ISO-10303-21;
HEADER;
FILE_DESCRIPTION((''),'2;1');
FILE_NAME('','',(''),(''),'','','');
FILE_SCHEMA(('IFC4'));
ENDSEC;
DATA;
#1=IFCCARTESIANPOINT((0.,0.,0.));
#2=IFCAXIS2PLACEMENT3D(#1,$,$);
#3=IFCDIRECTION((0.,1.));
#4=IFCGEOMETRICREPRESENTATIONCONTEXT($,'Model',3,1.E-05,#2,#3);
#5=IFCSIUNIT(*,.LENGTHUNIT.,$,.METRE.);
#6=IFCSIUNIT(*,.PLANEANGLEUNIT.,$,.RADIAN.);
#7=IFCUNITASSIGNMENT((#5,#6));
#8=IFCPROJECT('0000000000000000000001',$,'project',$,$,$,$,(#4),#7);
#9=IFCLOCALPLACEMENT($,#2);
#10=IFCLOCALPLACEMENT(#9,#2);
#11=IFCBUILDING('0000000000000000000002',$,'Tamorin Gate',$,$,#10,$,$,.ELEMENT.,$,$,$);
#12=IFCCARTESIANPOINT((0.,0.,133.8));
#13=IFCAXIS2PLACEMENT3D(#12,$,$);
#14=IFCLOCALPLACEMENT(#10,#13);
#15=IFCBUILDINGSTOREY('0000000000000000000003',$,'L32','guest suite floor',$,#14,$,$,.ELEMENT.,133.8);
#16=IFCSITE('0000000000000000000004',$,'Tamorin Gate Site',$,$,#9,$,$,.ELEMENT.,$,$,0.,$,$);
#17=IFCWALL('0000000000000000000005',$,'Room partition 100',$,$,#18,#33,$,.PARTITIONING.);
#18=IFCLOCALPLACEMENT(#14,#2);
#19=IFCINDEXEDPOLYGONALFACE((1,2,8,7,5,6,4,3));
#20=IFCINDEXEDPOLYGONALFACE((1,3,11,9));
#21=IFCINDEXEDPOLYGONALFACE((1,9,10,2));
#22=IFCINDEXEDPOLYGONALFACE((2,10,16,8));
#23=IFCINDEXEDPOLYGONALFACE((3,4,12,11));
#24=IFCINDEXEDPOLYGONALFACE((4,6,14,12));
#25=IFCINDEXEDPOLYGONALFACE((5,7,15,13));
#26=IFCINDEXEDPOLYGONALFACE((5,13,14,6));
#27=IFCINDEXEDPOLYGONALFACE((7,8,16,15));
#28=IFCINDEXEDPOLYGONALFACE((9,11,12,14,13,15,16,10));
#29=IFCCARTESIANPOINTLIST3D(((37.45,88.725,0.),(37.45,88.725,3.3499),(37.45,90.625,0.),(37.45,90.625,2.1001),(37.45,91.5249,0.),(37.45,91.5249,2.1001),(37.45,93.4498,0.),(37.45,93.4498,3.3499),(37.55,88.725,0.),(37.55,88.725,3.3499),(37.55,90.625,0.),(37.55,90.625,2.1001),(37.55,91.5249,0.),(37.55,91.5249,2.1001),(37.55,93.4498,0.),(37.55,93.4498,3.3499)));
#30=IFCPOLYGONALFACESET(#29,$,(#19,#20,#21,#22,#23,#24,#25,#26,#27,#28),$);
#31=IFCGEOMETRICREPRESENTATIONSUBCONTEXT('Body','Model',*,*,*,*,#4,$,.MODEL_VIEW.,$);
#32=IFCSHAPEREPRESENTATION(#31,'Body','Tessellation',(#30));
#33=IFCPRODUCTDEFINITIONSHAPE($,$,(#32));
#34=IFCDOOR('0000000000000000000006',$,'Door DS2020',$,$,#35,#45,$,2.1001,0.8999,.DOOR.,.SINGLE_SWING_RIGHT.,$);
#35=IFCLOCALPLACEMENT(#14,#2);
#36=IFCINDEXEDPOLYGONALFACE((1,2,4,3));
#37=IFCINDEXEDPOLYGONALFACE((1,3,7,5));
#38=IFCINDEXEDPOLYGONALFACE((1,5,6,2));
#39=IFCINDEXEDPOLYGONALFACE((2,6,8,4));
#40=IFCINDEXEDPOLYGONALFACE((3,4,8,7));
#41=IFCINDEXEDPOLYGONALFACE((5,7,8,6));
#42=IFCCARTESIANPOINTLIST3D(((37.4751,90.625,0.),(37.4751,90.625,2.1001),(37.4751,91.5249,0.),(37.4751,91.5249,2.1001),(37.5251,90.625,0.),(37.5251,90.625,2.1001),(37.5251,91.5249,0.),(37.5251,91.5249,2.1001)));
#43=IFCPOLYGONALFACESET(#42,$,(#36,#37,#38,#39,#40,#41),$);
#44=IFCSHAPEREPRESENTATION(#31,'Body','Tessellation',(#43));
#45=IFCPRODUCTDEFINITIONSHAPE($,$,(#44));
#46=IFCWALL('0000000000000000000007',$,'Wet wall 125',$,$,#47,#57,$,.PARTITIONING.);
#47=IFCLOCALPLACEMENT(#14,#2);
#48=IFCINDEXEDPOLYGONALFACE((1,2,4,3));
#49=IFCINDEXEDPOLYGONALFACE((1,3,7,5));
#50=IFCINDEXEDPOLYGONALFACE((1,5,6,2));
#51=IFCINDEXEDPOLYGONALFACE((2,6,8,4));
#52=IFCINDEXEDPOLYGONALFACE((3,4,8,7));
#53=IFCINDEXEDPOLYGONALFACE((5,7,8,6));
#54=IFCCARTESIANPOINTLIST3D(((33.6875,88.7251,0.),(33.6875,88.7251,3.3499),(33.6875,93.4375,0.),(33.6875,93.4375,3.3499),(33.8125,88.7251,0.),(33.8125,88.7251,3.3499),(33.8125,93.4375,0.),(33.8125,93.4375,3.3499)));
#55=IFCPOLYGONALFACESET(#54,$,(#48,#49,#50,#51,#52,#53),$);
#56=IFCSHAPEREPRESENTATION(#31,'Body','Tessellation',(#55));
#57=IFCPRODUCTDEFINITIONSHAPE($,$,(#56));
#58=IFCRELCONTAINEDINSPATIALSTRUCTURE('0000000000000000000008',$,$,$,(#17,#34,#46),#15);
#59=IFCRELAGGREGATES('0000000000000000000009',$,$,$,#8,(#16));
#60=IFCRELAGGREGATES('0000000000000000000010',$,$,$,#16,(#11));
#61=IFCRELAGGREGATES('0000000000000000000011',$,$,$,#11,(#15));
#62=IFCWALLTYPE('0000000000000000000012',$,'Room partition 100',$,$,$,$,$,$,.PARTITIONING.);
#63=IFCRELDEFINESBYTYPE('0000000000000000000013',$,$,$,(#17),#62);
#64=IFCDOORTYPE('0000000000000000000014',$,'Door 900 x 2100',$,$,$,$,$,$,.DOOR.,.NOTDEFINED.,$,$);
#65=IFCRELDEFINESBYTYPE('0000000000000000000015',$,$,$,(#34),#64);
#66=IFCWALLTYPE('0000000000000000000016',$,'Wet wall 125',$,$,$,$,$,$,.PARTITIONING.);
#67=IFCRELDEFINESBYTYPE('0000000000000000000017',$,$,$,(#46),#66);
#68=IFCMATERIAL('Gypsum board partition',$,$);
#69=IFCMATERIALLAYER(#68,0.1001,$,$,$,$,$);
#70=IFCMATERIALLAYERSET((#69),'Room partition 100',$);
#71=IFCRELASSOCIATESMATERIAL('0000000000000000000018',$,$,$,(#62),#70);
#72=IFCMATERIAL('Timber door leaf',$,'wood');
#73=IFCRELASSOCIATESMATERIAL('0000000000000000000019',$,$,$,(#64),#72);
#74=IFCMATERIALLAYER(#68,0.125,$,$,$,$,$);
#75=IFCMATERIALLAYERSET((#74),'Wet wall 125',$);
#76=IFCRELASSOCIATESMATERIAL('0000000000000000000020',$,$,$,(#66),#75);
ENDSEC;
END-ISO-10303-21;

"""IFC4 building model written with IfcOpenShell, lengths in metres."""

from ifc_helpers import new_model, si_unit, direction, frame, frame_2d, origin, place, context, subcontext, project, spatial, rectangle, extrude, material, layer, layer_set, type_object, element, fill, save


model = new_model("IFC4")

# Units and contexts
model_context = context("Model", 3, precision=1e-05, world=origin(), true_north=direction((0.0, 1.0)))
body_context = subcontext(model_context, "Body", "Model", "MODEL_VIEW")
ifc_project = project(units=[si_unit("LENGTHUNIT", "METRE"), si_unit("PLANEANGLEUNIT", "RADIAN")], contexts=[model_context])

# Site, building, storey
site_placement = place(None, origin())
site = spatial("IfcSite", under=ifc_project, at=site_placement, Name="Tamorin Gate Site", CompositionType="ELEMENT", RefElevation=0.0)
building_placement = place(site_placement, origin())
building = spatial("IfcBuilding", under=site, at=building_placement, Name="Tamorin Gate", CompositionType="ELEMENT")
storey_placement = place(building_placement, frame((0.0, 0.0, 133.8)))
storey = spatial("IfcBuildingStorey", under=building, at=storey_placement, Name="L32", Description="guest suite floor", CompositionType="ELEMENT", Elevation=133.8)

# Shared definitions
ifc_material_1 = material(Name="Gypsum board partition")
ifc_material_2 = material(Name="Timber door leaf", Category="wood")

# Wall, opening, door
ifc_layer_1 = layer(ifc_material_1, 0.1001)
ifc_layer_set_1 = layer_set([ifc_layer_1], Name="Room partition 100")
wall_type_1 = type_object("IfcWallType", Name="Room partition 100", PredefinedType="PARTITIONING", material=ifc_layer_set_1)
wall_1_placement = place(storey_placement, frame((37.5, 88.7251, 0.0), z_axis=(0.0, 0.0, 1.0), x_axis=(0.0, 1.0, 0.0)))
wall_1 = element("IfcWall", 1, at=wall_1_placement, inside=storey, type_object=wall_type_1, Name="Room partition 100", PredefinedType="PARTITIONING", context=body_context, shape_type="SweptSolid", body=[
    extrude(rectangle(XDim=4.7249, YDim=0.1001, at=frame_2d((2.3623, 0.0))), origin(), (0.0, 0.0, 1.0), 3.3499),
])
opening_1_placement = place(wall_1_placement, frame((1.8999, 0.0, 0.0)))
opening_1 = element("IfcOpeningElement", 2, at=opening_1_placement, cuts=wall_1, PredefinedType="OPENING", context=body_context, shape_type="SweptSolid", body=[
    extrude(rectangle(XDim=0.8999, YDim=2.1001, at=frame_2d((0.45, 1.05))), frame((0.0, 0.0601, 0.0), z_axis=(0.0, -1.0, 0.0), x_axis=(1.0, 0.0, 0.0)), (0.0, 0.0, 1.0), 0.1201),
])
door_type_1 = type_object("IfcDoorType", Name="Door 900 x 2100", OperationType="NOTDEFINED", PredefinedType="DOOR", material=ifc_material_2)
door_1_placement = place(opening_1_placement, origin())
door_1 = element("IfcDoor", 3, at=door_1_placement, inside=storey, type_object=door_type_1, Name="Door DS2020", OperationType="SINGLE_SWING_RIGHT", OverallHeight=2.1001, OverallWidth=0.8999, PredefinedType="DOOR", context=body_context, shape_type="SweptSolid", body=[
    extrude(rectangle(XDim=0.8999, YDim=2.1001, at=frame_2d((0.45, 1.05))), frame((0.0, 0.0249, 0.0), z_axis=(0.0, -1.0, 0.0), x_axis=(1.0, 0.0, 0.0)), (0.0, 0.0, 1.0), 0.05),
])
fill(opening_1, door_1)

# Wall
ifc_layer_2 = layer(ifc_material_1, 0.125)
ifc_layer_set_2 = layer_set([ifc_layer_2], Name="Wet wall 125")
wall_type_2 = type_object("IfcWallType", Name="Wet wall 125", PredefinedType="PARTITIONING", material=ifc_layer_set_2)
wall_2_placement = place(storey_placement, frame((33.75, 88.7251, 0.0), z_axis=(0.0, 0.0, 1.0), x_axis=(0.0, 1.0, 0.0)))
element("IfcWall", 4, at=wall_2_placement, inside=storey, type_object=wall_type_2, Name="Wet wall 125", PredefinedType="PARTITIONING", context=body_context, shape_type="SweptSolid", body=[
    extrude(rectangle(XDim=4.7124, YDim=0.125, at=frame_2d((2.3562, 0.0))), origin(), (0.0, 0.0, 1.0), 3.3499),
])

save(model, "model.ifc")
